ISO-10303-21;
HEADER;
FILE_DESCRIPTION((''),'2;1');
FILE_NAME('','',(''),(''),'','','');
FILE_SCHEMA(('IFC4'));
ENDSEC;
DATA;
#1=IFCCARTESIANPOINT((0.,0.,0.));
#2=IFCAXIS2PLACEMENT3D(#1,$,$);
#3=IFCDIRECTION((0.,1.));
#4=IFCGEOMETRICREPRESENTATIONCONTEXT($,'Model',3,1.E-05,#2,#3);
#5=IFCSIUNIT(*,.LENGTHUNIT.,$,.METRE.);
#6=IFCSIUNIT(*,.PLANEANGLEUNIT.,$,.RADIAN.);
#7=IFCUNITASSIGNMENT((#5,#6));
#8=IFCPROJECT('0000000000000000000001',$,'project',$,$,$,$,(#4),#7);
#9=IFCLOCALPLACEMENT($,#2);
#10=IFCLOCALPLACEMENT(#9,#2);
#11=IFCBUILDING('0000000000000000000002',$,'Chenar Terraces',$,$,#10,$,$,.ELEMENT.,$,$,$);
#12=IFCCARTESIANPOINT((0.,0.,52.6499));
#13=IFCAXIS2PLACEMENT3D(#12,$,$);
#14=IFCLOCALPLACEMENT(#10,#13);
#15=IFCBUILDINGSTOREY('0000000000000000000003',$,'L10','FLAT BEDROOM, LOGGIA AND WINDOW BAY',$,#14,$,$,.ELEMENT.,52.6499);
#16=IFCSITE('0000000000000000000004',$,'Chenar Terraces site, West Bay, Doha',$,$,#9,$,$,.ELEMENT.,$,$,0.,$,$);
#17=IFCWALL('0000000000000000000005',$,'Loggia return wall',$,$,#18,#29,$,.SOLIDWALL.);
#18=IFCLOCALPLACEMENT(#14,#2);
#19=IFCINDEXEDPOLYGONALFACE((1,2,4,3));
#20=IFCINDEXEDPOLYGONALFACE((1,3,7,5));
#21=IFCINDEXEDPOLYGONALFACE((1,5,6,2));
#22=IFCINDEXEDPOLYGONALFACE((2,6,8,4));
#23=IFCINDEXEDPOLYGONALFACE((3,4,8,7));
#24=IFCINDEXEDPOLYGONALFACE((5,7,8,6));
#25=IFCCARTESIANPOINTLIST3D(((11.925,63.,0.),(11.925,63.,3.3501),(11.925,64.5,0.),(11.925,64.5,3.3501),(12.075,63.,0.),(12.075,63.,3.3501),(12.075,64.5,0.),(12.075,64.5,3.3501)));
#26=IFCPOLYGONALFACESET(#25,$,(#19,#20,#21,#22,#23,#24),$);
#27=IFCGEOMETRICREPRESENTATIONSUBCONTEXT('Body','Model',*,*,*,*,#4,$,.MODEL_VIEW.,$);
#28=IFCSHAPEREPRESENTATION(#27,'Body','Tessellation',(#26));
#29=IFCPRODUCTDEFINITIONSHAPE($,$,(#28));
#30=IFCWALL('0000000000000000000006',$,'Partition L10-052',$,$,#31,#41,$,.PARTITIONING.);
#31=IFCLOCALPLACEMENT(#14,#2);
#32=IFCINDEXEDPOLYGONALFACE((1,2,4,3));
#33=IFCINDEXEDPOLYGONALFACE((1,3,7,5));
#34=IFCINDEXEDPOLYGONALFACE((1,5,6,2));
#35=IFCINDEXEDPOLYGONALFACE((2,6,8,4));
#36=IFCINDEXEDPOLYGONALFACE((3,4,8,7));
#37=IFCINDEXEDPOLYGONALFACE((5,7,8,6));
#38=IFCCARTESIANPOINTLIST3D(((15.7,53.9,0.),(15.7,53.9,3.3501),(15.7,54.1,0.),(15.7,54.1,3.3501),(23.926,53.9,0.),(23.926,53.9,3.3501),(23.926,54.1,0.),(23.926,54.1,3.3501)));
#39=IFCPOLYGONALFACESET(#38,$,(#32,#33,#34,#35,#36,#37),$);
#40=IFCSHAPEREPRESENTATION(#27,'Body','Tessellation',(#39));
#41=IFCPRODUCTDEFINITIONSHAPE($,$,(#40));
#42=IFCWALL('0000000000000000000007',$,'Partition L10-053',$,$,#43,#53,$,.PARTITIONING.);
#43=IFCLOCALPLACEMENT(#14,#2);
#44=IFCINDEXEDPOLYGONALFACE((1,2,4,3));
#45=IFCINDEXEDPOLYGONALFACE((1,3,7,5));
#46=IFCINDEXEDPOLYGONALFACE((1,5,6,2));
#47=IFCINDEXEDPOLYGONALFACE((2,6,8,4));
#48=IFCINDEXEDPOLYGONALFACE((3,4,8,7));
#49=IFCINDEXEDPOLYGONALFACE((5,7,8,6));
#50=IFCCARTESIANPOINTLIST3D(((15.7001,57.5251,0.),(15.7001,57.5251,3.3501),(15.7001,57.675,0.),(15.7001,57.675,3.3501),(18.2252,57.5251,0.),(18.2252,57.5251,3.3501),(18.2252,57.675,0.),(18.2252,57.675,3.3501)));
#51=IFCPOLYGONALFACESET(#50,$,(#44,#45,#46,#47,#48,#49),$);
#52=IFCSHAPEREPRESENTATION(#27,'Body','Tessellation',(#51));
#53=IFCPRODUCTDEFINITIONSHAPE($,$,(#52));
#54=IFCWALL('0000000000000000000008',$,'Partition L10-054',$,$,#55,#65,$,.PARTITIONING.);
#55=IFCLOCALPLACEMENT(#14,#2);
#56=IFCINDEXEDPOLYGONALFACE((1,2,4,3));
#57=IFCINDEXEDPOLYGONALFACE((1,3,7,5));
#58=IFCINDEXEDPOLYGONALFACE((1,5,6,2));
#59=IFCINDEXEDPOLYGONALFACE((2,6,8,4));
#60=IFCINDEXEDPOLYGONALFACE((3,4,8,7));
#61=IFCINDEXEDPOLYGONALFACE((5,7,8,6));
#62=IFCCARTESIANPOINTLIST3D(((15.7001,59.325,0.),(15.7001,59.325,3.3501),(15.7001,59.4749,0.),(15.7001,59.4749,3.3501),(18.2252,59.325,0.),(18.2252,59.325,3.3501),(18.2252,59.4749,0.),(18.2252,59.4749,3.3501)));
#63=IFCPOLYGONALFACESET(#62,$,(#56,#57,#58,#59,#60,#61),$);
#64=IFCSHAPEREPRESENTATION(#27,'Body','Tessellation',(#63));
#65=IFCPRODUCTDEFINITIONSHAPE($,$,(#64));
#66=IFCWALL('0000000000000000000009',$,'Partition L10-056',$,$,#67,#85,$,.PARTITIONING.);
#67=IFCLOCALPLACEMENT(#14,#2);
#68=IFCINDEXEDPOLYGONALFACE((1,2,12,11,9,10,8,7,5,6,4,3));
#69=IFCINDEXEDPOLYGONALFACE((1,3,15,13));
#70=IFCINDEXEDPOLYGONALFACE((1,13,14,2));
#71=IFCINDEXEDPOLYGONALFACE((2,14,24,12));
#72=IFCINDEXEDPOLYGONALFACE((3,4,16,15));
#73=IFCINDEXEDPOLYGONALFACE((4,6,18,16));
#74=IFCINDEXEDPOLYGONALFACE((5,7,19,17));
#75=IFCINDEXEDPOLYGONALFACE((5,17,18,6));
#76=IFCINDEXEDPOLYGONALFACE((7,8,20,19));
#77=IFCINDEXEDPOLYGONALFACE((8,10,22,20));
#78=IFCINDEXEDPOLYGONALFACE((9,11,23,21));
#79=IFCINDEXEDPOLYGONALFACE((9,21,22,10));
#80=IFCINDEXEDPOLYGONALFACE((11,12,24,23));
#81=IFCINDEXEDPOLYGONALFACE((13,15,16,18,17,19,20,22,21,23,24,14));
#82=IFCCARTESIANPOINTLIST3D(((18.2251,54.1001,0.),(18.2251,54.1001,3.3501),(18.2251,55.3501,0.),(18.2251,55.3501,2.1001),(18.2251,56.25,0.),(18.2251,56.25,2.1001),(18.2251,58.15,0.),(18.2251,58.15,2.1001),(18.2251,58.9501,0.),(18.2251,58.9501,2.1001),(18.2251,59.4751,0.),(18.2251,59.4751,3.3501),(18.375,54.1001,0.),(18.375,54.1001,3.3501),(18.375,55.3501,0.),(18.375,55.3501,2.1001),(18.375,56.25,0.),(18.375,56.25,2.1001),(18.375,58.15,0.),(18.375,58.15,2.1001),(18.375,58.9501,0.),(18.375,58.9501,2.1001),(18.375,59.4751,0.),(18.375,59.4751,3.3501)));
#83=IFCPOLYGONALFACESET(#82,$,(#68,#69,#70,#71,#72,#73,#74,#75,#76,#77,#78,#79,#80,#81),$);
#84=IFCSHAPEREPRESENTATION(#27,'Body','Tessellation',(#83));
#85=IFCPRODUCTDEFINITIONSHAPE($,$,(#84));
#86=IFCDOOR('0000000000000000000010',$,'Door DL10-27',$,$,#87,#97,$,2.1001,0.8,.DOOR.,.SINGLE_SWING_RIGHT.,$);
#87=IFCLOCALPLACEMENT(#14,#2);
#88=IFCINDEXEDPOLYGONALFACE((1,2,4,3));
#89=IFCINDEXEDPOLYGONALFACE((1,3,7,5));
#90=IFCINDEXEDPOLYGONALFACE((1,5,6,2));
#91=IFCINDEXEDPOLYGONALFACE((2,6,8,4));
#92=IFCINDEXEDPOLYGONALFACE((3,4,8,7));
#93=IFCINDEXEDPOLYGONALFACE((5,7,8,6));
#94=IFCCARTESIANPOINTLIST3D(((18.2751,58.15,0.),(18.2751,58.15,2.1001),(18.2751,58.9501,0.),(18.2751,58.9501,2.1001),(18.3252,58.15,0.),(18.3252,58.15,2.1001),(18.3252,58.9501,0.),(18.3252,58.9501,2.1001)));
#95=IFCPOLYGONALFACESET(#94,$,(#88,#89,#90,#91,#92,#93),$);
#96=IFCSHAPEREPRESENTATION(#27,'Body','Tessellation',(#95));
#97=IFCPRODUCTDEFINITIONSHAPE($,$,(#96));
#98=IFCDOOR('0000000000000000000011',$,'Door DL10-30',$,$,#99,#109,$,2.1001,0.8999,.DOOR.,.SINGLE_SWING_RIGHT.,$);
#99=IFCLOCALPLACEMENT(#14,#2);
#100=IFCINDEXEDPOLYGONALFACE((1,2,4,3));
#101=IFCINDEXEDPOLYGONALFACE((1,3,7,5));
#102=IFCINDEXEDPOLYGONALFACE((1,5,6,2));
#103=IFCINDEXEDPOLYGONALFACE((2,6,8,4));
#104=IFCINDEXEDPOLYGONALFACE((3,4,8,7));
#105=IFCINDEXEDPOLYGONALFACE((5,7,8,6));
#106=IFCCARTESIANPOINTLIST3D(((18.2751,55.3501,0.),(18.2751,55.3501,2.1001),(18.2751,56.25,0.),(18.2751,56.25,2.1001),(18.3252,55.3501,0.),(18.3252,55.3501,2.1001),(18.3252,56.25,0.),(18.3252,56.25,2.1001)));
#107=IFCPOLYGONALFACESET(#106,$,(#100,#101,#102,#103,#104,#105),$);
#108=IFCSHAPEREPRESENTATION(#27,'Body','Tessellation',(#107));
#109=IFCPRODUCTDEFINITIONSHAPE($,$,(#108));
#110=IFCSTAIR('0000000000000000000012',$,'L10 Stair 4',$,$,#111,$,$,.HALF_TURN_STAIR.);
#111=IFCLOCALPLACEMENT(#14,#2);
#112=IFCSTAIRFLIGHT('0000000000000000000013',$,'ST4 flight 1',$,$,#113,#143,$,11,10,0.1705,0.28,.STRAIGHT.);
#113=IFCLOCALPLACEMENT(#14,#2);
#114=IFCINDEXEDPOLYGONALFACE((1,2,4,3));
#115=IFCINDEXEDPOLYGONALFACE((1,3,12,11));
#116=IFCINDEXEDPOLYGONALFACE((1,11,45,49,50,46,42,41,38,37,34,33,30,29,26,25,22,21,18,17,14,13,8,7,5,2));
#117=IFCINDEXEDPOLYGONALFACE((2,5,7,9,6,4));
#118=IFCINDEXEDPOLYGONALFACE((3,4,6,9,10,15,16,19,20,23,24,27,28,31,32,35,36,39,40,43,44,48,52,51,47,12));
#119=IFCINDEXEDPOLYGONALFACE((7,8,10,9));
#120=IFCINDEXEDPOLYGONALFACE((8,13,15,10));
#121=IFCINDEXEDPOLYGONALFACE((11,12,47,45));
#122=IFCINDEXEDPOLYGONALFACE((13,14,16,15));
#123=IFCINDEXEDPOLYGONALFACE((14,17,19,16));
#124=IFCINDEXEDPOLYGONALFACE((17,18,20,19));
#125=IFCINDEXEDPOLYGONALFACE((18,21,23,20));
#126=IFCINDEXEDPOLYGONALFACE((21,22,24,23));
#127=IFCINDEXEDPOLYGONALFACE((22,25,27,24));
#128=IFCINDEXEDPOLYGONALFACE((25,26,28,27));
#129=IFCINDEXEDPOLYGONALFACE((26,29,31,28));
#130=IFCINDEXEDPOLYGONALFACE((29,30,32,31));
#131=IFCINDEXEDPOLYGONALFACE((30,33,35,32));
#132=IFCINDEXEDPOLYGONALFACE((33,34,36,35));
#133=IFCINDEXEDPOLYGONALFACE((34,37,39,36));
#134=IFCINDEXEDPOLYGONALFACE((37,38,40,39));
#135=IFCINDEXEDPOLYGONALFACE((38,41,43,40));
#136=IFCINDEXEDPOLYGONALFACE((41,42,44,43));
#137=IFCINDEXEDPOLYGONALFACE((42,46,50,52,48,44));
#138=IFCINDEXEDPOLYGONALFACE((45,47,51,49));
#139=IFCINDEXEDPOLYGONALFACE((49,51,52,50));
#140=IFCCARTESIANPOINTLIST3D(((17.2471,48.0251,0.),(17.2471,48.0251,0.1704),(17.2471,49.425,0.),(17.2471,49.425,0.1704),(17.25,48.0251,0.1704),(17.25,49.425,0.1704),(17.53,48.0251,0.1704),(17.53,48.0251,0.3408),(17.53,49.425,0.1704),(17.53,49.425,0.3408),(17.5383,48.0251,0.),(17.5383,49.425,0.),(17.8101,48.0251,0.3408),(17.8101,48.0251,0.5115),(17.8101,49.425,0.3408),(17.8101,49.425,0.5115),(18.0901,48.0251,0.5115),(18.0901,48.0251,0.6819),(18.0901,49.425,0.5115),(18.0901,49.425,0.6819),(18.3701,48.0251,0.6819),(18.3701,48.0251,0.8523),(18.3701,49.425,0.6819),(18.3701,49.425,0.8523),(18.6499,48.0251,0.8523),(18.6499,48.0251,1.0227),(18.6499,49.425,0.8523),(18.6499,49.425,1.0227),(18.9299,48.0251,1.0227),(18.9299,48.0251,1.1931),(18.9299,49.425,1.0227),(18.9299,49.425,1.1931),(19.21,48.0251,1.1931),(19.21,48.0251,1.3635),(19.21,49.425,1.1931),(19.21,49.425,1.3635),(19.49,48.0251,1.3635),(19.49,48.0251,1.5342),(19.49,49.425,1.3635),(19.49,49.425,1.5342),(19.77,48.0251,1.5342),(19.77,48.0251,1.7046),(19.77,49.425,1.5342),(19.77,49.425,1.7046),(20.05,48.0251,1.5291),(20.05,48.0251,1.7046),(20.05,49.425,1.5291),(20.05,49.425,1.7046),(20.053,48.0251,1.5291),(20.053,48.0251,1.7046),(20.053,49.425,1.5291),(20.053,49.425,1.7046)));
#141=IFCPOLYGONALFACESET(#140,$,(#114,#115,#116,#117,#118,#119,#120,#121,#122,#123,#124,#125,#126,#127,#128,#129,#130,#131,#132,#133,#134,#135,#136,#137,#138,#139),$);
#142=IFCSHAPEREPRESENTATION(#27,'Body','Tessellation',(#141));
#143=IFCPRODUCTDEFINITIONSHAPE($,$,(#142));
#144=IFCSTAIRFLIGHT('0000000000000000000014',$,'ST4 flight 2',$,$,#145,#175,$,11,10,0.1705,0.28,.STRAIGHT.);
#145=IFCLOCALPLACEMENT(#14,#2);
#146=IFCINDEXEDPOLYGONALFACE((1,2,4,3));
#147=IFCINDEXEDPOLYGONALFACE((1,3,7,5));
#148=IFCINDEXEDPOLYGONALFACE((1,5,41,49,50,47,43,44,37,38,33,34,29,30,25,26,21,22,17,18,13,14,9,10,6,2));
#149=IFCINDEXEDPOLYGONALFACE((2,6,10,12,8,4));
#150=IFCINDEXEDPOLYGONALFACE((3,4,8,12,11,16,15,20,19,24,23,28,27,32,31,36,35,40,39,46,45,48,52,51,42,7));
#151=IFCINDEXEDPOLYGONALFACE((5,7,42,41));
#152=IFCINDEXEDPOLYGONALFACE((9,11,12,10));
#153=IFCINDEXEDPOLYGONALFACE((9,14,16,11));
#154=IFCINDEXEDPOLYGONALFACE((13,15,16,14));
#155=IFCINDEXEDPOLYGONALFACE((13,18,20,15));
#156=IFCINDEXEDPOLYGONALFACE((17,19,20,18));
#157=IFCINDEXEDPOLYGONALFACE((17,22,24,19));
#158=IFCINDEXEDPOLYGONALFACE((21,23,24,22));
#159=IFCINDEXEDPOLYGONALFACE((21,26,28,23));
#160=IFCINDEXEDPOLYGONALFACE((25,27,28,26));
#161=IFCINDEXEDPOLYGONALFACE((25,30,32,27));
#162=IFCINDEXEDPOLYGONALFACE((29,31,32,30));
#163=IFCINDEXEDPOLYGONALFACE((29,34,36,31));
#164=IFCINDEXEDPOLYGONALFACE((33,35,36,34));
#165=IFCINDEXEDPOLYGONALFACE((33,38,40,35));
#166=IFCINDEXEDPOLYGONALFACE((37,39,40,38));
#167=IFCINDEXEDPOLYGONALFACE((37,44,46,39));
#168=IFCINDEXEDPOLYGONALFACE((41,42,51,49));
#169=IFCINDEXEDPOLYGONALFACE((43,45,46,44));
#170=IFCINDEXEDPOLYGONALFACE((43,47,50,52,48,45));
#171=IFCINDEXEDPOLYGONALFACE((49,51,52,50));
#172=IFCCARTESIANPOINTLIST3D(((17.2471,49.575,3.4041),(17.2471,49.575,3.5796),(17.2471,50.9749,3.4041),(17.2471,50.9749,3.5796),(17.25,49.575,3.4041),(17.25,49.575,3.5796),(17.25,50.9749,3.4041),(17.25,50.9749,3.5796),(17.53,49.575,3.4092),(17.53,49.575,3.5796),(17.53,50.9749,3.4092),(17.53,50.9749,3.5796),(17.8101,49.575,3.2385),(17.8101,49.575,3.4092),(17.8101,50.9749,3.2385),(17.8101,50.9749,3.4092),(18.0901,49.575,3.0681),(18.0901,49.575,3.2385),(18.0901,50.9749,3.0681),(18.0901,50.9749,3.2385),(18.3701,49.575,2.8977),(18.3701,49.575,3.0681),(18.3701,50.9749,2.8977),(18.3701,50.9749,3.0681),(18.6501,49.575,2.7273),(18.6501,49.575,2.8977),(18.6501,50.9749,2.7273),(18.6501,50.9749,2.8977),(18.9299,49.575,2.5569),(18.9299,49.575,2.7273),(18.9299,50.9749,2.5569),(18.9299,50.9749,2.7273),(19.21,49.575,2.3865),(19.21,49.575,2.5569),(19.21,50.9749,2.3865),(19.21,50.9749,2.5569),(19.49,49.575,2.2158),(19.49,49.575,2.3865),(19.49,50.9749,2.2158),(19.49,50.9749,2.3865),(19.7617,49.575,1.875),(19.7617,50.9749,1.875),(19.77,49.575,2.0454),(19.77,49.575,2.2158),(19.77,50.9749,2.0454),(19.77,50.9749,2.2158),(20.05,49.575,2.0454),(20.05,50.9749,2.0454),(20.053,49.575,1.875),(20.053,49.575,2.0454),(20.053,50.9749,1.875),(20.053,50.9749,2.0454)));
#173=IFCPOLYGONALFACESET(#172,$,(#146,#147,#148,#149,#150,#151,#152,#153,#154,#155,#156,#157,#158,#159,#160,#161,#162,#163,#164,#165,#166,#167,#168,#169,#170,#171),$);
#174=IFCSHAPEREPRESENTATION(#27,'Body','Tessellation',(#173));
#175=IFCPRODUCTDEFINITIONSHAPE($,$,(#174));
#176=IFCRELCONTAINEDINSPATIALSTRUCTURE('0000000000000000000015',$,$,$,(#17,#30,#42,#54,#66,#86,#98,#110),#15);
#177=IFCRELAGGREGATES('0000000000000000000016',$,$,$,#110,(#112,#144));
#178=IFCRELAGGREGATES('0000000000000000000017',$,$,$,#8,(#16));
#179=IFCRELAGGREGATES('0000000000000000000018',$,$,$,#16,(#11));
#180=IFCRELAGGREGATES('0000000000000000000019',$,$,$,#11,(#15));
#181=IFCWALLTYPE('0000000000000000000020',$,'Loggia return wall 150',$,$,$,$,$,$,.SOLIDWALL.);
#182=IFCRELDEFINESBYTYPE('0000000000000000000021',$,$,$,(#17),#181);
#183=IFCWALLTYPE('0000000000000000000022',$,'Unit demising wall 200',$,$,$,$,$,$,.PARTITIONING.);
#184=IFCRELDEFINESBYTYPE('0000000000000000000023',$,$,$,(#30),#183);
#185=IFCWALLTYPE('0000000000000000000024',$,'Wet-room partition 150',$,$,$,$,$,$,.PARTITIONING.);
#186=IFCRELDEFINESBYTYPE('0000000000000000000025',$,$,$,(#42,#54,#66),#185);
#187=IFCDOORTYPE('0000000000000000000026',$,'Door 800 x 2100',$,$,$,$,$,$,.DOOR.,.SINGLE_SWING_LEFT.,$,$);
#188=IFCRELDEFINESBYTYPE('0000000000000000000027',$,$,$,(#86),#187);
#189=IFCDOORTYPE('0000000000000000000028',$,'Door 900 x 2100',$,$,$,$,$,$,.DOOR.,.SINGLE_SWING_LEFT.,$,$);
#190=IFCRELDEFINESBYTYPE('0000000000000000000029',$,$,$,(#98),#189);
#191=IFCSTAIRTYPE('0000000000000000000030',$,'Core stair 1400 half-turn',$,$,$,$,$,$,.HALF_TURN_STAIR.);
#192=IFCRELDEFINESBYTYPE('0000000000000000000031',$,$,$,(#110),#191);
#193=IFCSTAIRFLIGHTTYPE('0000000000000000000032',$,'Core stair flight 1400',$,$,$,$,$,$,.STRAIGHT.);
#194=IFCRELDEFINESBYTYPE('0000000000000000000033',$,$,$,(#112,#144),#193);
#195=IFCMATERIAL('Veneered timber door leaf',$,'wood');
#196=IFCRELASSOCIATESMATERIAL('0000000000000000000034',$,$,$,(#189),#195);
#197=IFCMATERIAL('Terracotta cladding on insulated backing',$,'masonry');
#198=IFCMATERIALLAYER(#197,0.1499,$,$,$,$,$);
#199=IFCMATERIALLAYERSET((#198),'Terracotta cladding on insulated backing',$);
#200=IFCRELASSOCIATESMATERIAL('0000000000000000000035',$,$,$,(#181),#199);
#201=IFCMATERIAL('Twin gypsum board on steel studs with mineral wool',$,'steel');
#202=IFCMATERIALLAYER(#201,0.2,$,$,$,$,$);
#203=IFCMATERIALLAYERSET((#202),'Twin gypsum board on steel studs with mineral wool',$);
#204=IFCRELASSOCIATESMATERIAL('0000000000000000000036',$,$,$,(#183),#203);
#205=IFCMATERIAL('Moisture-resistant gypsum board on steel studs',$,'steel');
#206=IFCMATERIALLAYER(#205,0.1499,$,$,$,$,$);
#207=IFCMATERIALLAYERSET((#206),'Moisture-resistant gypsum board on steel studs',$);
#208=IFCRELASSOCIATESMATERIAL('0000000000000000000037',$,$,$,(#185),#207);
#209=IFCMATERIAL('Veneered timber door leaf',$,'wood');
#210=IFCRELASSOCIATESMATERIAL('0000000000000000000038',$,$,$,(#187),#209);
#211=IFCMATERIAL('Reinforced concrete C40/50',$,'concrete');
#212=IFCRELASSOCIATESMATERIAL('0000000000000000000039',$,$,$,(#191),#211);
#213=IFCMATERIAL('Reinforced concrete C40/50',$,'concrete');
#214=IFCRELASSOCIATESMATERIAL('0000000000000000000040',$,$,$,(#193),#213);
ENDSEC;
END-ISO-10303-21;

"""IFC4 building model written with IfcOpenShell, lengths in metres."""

from ifc_helpers import new_model, si_unit, direction, frame, frame_2d, origin, place, context, subcontext, project, spatial, polyline, rectangle, outline, extrude, material, layer, layer_set, type_object, element, fill, aggregate, save


model = new_model("IFC4")

# Units and contexts
model_context = context("Model", 3, precision=1e-05, world=origin(), true_north=direction((0.0, 1.0)))
body_context = subcontext(model_context, "Body", "Model", "MODEL_VIEW")
ifc_project = project(units=[si_unit("LENGTHUNIT", "METRE"), si_unit("PLANEANGLEUNIT", "RADIAN")], contexts=[model_context])

# Site, building, storey
site_placement = place(None, origin())
site = spatial("IfcSite", under=ifc_project, at=site_placement, Name="Chenar Terraces site, West Bay, Doha", CompositionType="ELEMENT", RefElevation=0.0)
building_placement = place(site_placement, origin())
building = spatial("IfcBuilding", under=site, at=building_placement, Name="Chenar Terraces", CompositionType="ELEMENT")
storey_placement = place(building_placement, frame((0.0, 0.0, 52.6499)))
storey = spatial("IfcBuildingStorey", under=building, at=storey_placement, Name="L10", Description="FLAT BEDROOM, LOGGIA AND WINDOW BAY", CompositionType="ELEMENT", Elevation=52.6499)

# Shared definitions
ifc_material_1 = material(Name="Veneered timber door leaf", Category="wood")
door_type_1 = type_object("IfcDoorType", Name="Door 900 x 2100", OperationType="SINGLE_SWING_LEFT", PredefinedType="DOOR", material=ifc_material_1)

# Walls
ifc_material_2 = material(Name="Terracotta cladding on insulated backing", Category="masonry")
ifc_layer_1 = layer(ifc_material_2, 0.1499)
ifc_layer_set_1 = layer_set([ifc_layer_1], Name="Terracotta cladding on insulated backing")
wall_type_1 = type_object("IfcWallType", Name="Loggia return wall 150", PredefinedType="SOLIDWALL", material=ifc_layer_set_1)
wall_1_placement = place(storey_placement, frame((12.0, 64.5, 0.0), z_axis=(0.0, 0.0, 1.0), x_axis=(0.0, -1.0, 0.0)))
element("IfcWall", 1, at=wall_1_placement, inside=storey, type_object=wall_type_1, Name="Loggia return wall", PredefinedType="SOLIDWALL", context=body_context, shape_type="SweptSolid", body=[
    extrude(rectangle(XDim=1.5, YDim=0.1499, at=frame_2d((0.75, 0.0))), origin(), (0.0, 0.0, 1.0), 3.3501),
])
ifc_material_3 = material(Name="Twin gypsum board on steel studs with mineral wool", Category="steel")
ifc_layer_2 = layer(ifc_material_3, 0.2)
ifc_layer_set_2 = layer_set([ifc_layer_2], Name="Twin gypsum board on steel studs with mineral wool")
wall_type_2 = type_object("IfcWallType", Name="Unit demising wall 200", PredefinedType="PARTITIONING", material=ifc_layer_set_2)
wall_2_placement = place(storey_placement, frame((15.7, 54.0, 0.0), z_axis=(0.0, 0.0, 1.0), x_axis=(1.0, 0.0, 0.0)))
element("IfcWall", 2, at=wall_2_placement, inside=storey, type_object=wall_type_2, Name="Partition L10-052", PredefinedType="PARTITIONING", context=body_context, shape_type="SweptSolid", body=[
    extrude(rectangle(XDim=8.2261, YDim=0.2, at=frame_2d((4.113, 0.0))), origin(), (0.0, 0.0, 1.0), 3.3501),
])
ifc_material_4 = material(Name="Moisture-resistant gypsum board on steel studs", Category="steel")
ifc_layer_3 = layer(ifc_material_4, 0.1499)
ifc_layer_set_3 = layer_set([ifc_layer_3], Name="Moisture-resistant gypsum board on steel studs")
wall_type_3 = type_object("IfcWallType", Name="Wet-room partition 150", PredefinedType="PARTITIONING", material=ifc_layer_set_3)
for number, where, z_axis, x_axis, name in (
    (3, (15.7, 57.6001, 0.0), (0.0, 0.0, 1.0), (1.0, 0.0, 0.0), "Partition L10-053"),
    (4, (15.7, 59.3999, 0.0), (0.0, 0.0, 1.0), (1.0, 0.0, 0.0), "Partition L10-054"),
):
    element("IfcWall", number, at=place(storey_placement, frame(where, z_axis=z_axis, x_axis=x_axis)), inside=storey, type_object=wall_type_3, Name=name, PredefinedType="PARTITIONING", context=body_context, shape_type="SweptSolid", body=[
        extrude(rectangle(XDim=2.5251, YDim=0.1499, at=frame_2d((1.2627, 0.0))), origin(), (0.0, 0.0, 1.0), 3.3501),
    ])

# Wall, openings, doors
wall_3_placement = place(storey_placement, frame((18.3, 54.1001, 0.0), z_axis=(0.0, 0.0, 1.0), x_axis=(0.0, 1.0, 0.0)))
wall_3 = element("IfcWall", 5, at=wall_3_placement, inside=storey, type_object=wall_type_3, Name="Partition L10-056", PredefinedType="PARTITIONING", context=body_context, shape_type="SweptSolid", body=[
    extrude(rectangle(XDim=5.375, YDim=0.1499, at=frame_2d((2.6875, 0.0))), origin(), (0.0, 0.0, 1.0), 3.3501),
])
opening_1_placement = place(wall_3_placement, frame((4.05, 0.0, 0.0)))
opening_1 = element("IfcOpeningElement", 6, at=opening_1_placement, cuts=wall_3, PredefinedType="OPENING", context=body_context, shape_type="SweptSolid", body=[
    extrude(rectangle(XDim=0.8, YDim=2.1001, at=frame_2d((0.3999, 1.05))), frame((0.0, 0.085, 0.0), z_axis=(0.0, -1.0, 0.0), x_axis=(1.0, 0.0, 0.0)), (0.0, 0.0, 1.0), 0.1699),
])
opening_2_placement = place(wall_3_placement, frame((1.25, 0.0, 0.0)))
opening_2 = element("IfcOpeningElement", 7, at=opening_2_placement, cuts=wall_3, PredefinedType="OPENING", context=body_context, shape_type="SweptSolid", body=[
    extrude(rectangle(XDim=0.8999, YDim=2.1001, at=frame_2d((0.45, 1.05))), frame((0.0, 0.085, 0.0), z_axis=(0.0, -1.0, 0.0), x_axis=(1.0, 0.0, 0.0)), (0.0, 0.0, 1.0), 0.1699),
])
ifc_material_5 = material(Name="Veneered timber door leaf", Category="wood")
door_type_2 = type_object("IfcDoorType", Name="Door 800 x 2100", OperationType="SINGLE_SWING_LEFT", PredefinedType="DOOR", material=ifc_material_5)
door_1_placement = place(opening_1_placement, origin())
door_1 = element("IfcDoor", 8, at=door_1_placement, inside=storey, type_object=door_type_2, Name="Door DL10-27", OperationType="SINGLE_SWING_RIGHT", OverallHeight=2.1001, OverallWidth=0.8, PredefinedType="DOOR", context=body_context, shape_type="SweptSolid", body=[
    extrude(rectangle(XDim=0.8, YDim=2.1001, at=frame_2d((0.3999, 1.05))), frame((0.0, 0.0249, 0.0), z_axis=(0.0, -1.0, 0.0), x_axis=(1.0, 0.0, 0.0)), (0.0, 0.0, 1.0), 0.05),
])
fill(opening_1, door_1)
door_2_placement = place(opening_2_placement, origin())
door_2 = element("IfcDoor", 9, at=door_2_placement, inside=storey, type_object=door_type_1, Name="Door DL10-30", OperationType="SINGLE_SWING_RIGHT", OverallHeight=2.1001, OverallWidth=0.8999, PredefinedType="DOOR", context=body_context, shape_type="SweptSolid", body=[
    extrude(rectangle(XDim=0.8999, YDim=2.1001, at=frame_2d((0.45, 1.05))), frame((0.0, 0.0249, 0.0), z_axis=(0.0, -1.0, 0.0), x_axis=(1.0, 0.0, 0.0)), (0.0, 0.0, 1.0), 0.05),
])
fill(opening_2, door_2)

# Stair, stair flights
ifc_material_6 = material(Name="Reinforced concrete C40/50", Category="concrete")
stair_type = type_object("IfcStairType", Name="Core stair 1400 half-turn", PredefinedType="HALF_TURN_STAIR", material=ifc_material_6)
stair_placement = place(storey_placement, origin())
stair = element("IfcStair", 10, at=stair_placement, inside=storey, type_object=stair_type, Name="L10 Stair 4", PredefinedType="HALF_TURN_STAIR")
ifc_material_7 = material(Name="Reinforced concrete C40/50", Category="concrete")
stair_flight_type = type_object("IfcStairFlightType", Name="Core stair flight 1400", PredefinedType="STRAIGHT", material=ifc_material_7)
stair_flight_1_placement = place(storey_placement, frame((17.25, 48.7251, 0.0), z_axis=(0.0, 0.0, 1.0), x_axis=(1.0, 0.0, 0.0)))
stair_flight_1 = element("IfcStairFlight", 11, at=stair_flight_1_placement, type_object=stair_flight_type, Name="ST4 flight 1", NumberOfRisers=11, NumberOfTreads=10, PredefinedType="STRAIGHT", RiserHeight=0.1705, TreadLength=0.28, context=body_context, shape_type="SweptSolid", body=[
    extrude(outline(polyline([(-0.0029, 0.0), (-0.0029, 0.1704), (0.0, 0.1704), (0.28, 0.1704), (0.28, 0.3408), (0.5601, 0.3408), (0.5601, 0.5115), (0.8401, 0.5115), (0.8401, 0.6819), (1.1201, 0.6819), (1.1201, 0.8523), (1.3999, 0.8523), (1.3999, 1.0227), (1.6799, 1.0227), (1.6799, 1.1931), (1.96, 1.1931), (1.96, 1.3635), (2.24, 1.3635), (2.24, 1.5342), (2.52, 1.5342), (2.52, 1.7046), (2.8, 1.7046), (2.803, 1.7046), (2.803, 1.5291), (2.8, 1.5291), (0.2883, 0.0), (-0.0029, 0.0)])), frame((0.0, 0.7, 0.0), z_axis=(0.0, -1.0, 0.0), x_axis=(1.0, 0.0, 0.0)), (0.0, 0.0, 1.0), 1.3999),
])
stair_flight_2_placement = place(storey_placement, frame((20.05, 50.2749, 1.875), z_axis=(0.0, 0.0, 1.0), x_axis=(-1.0, 0.0, 0.0)))
stair_flight_2 = element("IfcStairFlight", 12, at=stair_flight_2_placement, type_object=stair_flight_type, Name="ST4 flight 2", NumberOfRisers=11, NumberOfTreads=10, PredefinedType="STRAIGHT", RiserHeight=0.1705, TreadLength=0.28, context=body_context, shape_type="SweptSolid", body=[
    extrude(outline(polyline([(-0.0029, 0.0), (-0.0029, 0.1704), (0.0, 0.1704), (0.28, 0.1704), (0.28, 0.3408), (0.5601, 0.3408), (0.5601, 0.5115), (0.8401, 0.5115), (0.8401, 0.6819), (1.1201, 0.6819), (1.1201, 0.8523), (1.3999, 0.8523), (1.3999, 1.0227), (1.6799, 1.0227), (1.6799, 1.1931), (1.96, 1.1931), (1.96, 1.3635), (2.24, 1.3635), (2.24, 1.5342), (2.52, 1.5342), (2.52, 1.7046), (2.8, 1.7046), (2.803, 1.7046), (2.803, 1.5291), (2.8, 1.5291), (0.2883, 0.0), (-0.0029, 0.0)])), frame((0.0, 0.7, 0.0), z_axis=(0.0, -1.0, 0.0), x_axis=(1.0, 0.0, 0.0)), (0.0, 0.0, 1.0), 1.3999),
])
aggregate(stair, [stair_flight_1, stair_flight_2])

save(model, "model.ifc")
